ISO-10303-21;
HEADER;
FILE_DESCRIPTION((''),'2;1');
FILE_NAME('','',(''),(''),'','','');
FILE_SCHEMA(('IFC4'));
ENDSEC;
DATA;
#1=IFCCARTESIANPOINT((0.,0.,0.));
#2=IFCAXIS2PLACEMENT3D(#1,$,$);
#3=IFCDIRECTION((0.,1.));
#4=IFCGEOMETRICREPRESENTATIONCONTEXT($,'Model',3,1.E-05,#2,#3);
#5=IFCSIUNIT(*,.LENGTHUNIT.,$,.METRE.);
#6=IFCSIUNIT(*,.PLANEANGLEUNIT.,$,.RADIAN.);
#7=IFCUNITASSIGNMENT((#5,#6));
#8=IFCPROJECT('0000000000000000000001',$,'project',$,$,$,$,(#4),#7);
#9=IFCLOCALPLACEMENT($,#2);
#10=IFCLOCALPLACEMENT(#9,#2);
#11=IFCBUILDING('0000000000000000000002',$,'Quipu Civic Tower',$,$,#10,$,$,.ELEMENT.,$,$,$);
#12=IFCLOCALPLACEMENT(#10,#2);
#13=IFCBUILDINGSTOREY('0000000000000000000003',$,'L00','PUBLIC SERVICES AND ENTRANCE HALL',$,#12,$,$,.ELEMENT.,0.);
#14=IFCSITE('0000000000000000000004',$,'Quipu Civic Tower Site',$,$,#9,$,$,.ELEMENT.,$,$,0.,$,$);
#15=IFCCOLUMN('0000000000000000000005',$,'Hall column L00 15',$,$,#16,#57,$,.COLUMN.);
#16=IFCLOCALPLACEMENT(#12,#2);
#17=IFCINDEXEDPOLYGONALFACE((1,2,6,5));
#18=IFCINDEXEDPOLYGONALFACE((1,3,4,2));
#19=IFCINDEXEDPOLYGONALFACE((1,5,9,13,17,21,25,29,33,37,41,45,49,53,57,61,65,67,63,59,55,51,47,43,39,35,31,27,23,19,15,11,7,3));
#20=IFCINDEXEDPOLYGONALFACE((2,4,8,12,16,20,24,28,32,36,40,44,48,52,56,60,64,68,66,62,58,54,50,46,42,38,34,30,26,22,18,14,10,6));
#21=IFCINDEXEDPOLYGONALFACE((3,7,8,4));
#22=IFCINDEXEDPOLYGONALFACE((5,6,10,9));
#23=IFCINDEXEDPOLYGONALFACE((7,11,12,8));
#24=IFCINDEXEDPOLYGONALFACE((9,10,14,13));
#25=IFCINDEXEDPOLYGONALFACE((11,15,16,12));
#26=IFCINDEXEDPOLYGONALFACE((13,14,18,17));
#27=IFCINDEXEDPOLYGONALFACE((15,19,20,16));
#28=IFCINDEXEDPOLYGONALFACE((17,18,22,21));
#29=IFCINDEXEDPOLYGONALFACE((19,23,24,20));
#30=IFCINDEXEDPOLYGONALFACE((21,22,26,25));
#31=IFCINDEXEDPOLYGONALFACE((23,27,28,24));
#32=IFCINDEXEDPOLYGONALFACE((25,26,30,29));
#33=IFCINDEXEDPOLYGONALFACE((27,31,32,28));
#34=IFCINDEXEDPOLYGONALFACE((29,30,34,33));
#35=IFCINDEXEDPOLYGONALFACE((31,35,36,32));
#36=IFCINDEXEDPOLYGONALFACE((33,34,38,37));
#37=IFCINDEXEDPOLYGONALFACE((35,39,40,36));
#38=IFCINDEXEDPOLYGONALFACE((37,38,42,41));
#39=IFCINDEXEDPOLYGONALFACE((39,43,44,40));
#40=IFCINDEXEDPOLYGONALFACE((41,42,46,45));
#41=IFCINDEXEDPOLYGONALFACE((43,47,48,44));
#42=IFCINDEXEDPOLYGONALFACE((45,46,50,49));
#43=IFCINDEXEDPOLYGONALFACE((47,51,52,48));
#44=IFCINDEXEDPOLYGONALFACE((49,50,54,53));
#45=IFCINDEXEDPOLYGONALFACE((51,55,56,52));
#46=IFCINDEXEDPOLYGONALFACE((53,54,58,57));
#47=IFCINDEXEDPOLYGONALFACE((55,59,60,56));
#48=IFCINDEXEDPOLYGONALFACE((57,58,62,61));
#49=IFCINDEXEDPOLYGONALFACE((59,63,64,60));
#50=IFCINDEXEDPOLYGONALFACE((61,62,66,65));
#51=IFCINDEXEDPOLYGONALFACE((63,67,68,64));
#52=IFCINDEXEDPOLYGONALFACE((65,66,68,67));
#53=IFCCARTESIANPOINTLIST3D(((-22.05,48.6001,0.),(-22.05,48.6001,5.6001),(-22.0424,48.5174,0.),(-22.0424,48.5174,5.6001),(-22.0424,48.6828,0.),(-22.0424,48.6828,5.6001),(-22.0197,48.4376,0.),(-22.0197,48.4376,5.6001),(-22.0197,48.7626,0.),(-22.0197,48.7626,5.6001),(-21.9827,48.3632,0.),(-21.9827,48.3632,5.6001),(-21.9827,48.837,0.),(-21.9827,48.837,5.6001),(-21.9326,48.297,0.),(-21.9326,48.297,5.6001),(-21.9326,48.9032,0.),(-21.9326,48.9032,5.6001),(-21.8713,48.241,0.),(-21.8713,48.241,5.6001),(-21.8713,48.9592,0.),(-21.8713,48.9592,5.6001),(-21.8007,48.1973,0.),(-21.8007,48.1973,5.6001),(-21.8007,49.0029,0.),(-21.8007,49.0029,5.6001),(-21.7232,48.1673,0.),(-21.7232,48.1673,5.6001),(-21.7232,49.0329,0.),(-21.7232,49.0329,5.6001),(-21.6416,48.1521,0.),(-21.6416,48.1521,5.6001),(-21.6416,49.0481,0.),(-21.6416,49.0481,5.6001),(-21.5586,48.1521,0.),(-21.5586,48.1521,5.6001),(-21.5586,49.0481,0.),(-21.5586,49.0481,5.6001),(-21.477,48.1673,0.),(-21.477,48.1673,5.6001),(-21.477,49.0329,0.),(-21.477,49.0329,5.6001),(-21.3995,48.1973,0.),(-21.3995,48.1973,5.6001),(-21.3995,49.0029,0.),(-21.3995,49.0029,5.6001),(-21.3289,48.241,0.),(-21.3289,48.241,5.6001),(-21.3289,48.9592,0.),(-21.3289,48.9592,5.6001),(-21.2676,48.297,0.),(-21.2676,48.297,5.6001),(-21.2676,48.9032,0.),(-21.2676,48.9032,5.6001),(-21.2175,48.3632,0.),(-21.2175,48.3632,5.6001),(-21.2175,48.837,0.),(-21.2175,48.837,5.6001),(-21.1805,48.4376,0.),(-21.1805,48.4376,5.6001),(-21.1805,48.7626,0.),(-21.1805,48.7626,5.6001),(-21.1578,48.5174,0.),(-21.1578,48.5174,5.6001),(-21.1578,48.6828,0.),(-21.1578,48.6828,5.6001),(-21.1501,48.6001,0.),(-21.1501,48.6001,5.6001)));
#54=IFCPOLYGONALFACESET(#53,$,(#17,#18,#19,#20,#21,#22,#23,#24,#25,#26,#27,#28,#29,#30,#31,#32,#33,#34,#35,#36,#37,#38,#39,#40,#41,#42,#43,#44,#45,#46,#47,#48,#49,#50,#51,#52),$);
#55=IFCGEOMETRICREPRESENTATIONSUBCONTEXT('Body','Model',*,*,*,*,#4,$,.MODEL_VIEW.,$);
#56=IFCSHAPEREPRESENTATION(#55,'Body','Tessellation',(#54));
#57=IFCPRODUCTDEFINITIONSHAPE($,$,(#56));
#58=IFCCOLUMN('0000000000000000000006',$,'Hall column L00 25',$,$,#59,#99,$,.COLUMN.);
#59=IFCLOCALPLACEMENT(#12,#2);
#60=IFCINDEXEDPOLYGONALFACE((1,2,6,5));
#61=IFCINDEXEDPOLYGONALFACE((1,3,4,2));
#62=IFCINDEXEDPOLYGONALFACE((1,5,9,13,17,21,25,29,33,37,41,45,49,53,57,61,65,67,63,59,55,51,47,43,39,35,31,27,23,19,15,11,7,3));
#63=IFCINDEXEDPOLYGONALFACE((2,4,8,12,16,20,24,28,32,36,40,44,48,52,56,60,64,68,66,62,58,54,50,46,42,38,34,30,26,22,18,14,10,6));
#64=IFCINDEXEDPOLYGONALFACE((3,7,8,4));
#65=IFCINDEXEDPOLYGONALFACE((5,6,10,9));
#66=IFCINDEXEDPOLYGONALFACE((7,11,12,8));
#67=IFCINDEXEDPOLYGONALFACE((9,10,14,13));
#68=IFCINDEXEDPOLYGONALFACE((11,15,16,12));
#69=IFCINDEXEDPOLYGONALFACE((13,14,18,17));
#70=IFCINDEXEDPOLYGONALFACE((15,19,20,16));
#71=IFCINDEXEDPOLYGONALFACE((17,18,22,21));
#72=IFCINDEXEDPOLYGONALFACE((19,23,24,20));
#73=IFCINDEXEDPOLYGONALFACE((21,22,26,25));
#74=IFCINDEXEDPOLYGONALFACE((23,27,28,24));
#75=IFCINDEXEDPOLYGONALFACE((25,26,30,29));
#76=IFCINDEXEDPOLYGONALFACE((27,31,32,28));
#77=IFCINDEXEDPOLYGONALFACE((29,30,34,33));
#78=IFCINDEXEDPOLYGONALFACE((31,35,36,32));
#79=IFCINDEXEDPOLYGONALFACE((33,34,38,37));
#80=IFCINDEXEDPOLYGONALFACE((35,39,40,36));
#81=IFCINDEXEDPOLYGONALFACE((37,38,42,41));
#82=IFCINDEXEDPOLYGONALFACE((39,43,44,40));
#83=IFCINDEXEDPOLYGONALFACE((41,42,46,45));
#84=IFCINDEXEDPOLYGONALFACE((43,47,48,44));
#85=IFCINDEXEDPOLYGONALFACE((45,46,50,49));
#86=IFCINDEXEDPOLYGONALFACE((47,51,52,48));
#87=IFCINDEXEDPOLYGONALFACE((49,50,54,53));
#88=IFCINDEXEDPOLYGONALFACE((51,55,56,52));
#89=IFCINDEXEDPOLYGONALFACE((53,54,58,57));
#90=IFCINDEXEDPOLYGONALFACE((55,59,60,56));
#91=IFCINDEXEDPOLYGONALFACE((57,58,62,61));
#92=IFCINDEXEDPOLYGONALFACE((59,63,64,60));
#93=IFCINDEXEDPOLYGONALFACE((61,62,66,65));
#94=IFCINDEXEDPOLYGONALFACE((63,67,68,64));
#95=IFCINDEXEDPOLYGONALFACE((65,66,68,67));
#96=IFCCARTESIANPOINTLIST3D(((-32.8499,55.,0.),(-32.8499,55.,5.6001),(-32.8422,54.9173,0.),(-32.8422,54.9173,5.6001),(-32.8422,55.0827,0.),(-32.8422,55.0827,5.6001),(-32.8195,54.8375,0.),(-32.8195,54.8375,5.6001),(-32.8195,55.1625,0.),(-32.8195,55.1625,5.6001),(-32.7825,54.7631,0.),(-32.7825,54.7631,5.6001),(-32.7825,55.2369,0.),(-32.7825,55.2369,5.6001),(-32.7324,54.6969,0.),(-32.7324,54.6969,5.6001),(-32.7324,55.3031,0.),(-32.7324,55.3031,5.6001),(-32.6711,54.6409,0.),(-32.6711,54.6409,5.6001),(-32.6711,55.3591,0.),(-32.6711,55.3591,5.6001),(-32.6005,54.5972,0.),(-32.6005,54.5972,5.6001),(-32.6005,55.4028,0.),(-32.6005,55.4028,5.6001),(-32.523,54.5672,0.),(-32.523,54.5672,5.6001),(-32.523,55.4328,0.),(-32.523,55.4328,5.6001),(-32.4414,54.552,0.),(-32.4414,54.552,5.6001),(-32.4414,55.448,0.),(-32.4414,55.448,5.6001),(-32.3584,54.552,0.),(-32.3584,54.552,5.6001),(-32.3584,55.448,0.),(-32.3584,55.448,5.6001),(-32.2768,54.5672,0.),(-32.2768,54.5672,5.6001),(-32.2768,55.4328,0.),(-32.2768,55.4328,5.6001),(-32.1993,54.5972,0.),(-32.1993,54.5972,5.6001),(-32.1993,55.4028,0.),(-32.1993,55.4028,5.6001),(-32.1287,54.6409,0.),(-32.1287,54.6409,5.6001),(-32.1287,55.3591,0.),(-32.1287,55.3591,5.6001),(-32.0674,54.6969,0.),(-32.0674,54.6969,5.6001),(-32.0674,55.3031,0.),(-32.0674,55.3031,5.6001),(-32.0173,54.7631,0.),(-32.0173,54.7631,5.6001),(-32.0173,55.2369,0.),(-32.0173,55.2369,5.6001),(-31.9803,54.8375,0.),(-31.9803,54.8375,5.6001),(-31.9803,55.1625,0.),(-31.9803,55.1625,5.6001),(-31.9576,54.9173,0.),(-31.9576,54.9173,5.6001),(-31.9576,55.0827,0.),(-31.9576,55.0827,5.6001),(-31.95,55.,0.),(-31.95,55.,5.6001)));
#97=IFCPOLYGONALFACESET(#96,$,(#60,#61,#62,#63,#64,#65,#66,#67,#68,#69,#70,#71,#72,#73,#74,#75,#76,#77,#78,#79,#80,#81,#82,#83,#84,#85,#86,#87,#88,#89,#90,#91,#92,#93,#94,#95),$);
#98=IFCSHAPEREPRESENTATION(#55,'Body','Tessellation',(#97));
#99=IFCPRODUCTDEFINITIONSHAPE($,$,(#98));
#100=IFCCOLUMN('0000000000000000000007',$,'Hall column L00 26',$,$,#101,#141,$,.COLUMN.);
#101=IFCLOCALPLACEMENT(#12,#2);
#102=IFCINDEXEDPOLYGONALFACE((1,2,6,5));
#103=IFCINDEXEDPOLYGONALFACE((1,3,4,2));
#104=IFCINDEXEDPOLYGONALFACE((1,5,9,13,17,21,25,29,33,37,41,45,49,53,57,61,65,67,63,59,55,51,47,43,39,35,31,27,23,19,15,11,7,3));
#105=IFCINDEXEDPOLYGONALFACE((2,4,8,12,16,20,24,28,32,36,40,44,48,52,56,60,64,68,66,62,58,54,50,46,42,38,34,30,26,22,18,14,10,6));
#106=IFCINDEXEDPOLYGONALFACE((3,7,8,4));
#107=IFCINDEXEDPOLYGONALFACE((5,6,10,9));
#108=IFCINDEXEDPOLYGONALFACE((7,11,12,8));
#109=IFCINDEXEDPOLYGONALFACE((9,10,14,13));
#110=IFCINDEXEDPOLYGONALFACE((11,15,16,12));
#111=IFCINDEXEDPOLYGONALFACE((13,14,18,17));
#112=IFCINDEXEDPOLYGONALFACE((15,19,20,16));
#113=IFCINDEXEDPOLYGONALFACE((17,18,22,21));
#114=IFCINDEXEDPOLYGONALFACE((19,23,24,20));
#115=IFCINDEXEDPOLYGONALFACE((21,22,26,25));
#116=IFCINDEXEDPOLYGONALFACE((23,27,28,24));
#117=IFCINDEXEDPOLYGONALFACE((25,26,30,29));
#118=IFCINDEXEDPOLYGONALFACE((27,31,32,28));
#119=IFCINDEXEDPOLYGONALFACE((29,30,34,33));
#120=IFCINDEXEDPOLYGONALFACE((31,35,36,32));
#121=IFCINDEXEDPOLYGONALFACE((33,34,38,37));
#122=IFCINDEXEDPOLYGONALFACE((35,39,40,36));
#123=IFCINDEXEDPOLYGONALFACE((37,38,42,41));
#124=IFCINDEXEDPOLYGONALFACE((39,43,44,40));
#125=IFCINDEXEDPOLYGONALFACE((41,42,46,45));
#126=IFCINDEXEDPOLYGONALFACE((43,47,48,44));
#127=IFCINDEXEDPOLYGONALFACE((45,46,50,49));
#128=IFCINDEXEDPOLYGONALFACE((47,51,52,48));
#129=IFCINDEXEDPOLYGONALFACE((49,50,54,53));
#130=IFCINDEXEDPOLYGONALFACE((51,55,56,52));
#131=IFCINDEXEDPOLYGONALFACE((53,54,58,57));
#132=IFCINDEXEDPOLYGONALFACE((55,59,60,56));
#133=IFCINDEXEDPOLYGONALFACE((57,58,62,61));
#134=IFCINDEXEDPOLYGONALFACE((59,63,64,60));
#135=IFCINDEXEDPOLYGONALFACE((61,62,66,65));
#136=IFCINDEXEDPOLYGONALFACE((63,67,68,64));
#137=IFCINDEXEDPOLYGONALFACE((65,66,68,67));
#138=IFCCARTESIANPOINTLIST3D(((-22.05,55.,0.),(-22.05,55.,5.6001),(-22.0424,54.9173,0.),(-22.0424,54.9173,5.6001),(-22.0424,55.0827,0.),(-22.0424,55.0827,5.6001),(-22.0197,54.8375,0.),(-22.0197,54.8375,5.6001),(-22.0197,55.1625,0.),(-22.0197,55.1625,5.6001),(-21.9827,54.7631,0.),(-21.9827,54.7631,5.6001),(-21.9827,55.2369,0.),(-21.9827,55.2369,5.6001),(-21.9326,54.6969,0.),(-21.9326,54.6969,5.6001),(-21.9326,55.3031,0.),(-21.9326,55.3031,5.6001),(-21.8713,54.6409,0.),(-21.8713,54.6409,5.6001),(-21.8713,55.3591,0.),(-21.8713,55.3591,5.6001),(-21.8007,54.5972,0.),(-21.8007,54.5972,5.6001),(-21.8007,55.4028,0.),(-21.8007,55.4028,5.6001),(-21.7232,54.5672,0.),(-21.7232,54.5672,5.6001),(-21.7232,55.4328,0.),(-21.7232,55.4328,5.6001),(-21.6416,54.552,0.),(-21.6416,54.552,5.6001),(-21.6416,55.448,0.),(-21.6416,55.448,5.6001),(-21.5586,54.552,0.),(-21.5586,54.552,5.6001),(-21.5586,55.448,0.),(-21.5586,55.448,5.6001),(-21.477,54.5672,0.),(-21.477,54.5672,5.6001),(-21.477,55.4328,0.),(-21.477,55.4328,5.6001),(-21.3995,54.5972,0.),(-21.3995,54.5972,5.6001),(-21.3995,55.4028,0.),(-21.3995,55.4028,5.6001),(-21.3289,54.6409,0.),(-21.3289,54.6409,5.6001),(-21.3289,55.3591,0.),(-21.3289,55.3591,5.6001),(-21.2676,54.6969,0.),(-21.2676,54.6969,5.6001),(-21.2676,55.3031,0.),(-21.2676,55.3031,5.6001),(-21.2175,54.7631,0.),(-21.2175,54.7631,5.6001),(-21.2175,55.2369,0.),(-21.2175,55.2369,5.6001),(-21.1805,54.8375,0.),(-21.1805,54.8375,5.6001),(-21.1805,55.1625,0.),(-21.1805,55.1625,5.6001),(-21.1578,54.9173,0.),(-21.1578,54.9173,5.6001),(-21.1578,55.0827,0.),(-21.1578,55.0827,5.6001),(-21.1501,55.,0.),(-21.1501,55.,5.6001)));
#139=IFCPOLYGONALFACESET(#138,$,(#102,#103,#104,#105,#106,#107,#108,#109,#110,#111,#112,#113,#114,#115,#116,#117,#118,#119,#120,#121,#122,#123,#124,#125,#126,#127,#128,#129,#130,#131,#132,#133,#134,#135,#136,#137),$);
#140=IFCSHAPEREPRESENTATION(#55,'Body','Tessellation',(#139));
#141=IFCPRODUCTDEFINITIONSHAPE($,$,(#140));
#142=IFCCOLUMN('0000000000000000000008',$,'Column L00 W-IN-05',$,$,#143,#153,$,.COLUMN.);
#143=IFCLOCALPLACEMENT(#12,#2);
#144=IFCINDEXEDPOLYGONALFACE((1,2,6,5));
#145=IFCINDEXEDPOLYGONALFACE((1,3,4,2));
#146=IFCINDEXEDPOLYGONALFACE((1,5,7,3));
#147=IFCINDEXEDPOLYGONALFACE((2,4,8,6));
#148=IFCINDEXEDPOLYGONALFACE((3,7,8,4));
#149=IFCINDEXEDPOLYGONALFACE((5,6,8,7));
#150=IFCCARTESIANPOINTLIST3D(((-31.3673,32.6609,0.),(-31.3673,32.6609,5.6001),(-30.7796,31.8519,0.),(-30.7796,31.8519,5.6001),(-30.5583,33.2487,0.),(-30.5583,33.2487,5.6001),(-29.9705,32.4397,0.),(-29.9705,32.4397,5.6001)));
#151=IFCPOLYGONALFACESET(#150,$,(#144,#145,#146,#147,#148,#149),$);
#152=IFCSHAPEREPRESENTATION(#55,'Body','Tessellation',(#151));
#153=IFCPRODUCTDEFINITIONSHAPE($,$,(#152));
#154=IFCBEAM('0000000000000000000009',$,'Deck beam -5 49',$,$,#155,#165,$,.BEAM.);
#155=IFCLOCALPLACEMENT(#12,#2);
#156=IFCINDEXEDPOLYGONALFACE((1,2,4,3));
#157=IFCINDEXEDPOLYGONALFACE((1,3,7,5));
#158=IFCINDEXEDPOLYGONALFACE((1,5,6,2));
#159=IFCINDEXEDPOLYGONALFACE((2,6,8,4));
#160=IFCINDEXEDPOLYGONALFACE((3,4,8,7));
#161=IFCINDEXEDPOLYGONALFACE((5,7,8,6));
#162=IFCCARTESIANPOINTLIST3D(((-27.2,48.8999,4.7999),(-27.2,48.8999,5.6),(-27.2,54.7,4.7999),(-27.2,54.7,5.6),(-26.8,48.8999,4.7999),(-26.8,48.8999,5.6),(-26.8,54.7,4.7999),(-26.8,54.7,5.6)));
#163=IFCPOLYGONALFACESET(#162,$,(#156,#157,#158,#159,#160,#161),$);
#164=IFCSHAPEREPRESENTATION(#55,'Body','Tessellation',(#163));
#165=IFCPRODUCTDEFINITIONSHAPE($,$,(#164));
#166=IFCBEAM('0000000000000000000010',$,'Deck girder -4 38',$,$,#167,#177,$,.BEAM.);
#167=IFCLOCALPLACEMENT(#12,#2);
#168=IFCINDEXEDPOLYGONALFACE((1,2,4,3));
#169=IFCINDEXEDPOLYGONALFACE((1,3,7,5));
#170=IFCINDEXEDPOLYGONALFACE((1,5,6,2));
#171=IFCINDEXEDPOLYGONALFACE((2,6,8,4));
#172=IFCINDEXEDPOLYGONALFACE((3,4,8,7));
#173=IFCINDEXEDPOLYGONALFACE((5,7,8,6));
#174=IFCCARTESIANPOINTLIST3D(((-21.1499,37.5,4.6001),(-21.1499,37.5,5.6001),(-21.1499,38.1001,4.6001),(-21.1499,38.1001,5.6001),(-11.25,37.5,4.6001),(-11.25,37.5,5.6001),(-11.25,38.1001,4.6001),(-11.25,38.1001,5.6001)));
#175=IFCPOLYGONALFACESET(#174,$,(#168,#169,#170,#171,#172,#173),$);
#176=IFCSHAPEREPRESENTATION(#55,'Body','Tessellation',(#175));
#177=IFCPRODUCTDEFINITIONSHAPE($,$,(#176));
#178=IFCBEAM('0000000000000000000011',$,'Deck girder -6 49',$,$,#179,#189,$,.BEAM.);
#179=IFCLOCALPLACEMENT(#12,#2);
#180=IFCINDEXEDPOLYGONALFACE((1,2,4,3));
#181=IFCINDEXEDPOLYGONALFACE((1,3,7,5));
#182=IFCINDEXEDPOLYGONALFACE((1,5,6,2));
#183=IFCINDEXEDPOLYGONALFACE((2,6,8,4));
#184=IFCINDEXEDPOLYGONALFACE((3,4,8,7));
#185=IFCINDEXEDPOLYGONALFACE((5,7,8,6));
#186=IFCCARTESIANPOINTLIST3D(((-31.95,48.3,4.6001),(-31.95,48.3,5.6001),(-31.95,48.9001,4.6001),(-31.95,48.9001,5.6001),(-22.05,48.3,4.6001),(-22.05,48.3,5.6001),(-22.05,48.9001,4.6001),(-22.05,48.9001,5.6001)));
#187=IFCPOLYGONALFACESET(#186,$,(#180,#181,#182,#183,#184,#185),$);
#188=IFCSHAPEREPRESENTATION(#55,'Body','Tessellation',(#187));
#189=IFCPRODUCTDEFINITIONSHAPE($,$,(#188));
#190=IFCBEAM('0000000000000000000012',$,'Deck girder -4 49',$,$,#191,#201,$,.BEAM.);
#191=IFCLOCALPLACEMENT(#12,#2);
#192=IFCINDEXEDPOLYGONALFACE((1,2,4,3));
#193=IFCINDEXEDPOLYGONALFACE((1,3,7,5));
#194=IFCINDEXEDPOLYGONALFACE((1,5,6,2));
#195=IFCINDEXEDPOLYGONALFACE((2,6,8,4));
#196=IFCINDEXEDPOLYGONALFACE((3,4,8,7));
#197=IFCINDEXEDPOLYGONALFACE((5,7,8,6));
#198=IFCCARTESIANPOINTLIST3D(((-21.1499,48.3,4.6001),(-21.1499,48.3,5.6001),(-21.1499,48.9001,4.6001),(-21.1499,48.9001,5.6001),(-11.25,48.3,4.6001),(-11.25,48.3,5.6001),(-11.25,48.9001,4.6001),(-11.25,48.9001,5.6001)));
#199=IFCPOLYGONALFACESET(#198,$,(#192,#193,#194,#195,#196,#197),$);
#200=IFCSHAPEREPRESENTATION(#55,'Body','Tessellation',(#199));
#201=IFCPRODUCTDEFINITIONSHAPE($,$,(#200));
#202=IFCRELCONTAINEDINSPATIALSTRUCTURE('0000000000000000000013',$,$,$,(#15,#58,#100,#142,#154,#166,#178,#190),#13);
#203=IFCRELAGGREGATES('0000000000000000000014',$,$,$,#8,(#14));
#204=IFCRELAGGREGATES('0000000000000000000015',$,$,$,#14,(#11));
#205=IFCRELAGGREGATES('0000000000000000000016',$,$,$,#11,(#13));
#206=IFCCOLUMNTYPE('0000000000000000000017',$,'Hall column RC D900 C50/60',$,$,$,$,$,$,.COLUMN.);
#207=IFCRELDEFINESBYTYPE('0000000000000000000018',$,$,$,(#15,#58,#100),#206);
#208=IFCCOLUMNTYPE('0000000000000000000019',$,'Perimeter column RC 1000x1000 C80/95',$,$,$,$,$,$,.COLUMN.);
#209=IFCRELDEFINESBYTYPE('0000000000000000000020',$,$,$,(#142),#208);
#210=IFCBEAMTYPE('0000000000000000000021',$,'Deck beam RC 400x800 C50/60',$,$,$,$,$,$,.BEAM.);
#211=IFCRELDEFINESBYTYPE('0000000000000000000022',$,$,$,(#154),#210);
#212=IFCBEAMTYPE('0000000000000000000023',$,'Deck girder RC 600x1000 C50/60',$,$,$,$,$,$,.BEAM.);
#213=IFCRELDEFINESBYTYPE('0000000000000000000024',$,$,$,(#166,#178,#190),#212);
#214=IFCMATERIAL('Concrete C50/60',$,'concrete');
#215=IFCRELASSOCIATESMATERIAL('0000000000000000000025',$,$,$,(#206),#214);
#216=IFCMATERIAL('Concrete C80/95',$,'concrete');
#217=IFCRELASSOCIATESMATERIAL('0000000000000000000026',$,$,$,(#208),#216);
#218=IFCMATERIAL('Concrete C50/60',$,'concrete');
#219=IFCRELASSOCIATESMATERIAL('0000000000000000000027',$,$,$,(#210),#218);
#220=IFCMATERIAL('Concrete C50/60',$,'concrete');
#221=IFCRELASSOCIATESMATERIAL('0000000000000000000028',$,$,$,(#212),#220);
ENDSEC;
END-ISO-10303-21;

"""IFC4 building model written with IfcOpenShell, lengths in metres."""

from ifc_helpers import new_model, si_unit, direction, frame, origin, origin_2d, place, context, subcontext, project, spatial, rectangle, circle, extrude, material, material_profile, profile_set, type_object, element, save


model = new_model("IFC4")

# Units and contexts
model_context = context("Model", 3, precision=1e-05, world=origin(), true_north=direction((0.0, 1.0)))
body_context = subcontext(model_context, "Body", "Model", "MODEL_VIEW")
ifc_project = project(units=[si_unit("LENGTHUNIT", "METRE"), si_unit("PLANEANGLEUNIT", "RADIAN")], contexts=[model_context])

# Site, building, storey
site_placement = place(None, origin())
site = spatial("IfcSite", under=ifc_project, at=site_placement, Name="Quipu Civic Tower Site", CompositionType="ELEMENT", RefElevation=0.0)
building_placement = place(site_placement, origin())
building = spatial("IfcBuilding", under=site, at=building_placement, Name="Quipu Civic Tower", CompositionType="ELEMENT")
storey_placement = place(building_placement, origin())
storey = spatial("IfcBuildingStorey", under=building, at=storey_placement, Name="L00", Description="PUBLIC SERVICES AND ENTRANCE HALL", CompositionType="ELEMENT", Elevation=0.0)

# Columns
ifc_material_1 = material(Name="Concrete C50/60", Category="concrete")
ifc_material_profile_1 = material_profile(ifc_material_1, circle(Radius=0.45, at=origin_2d()), Name="RCD900")
ifc_profile_set_1 = profile_set([ifc_material_profile_1], Name="Concrete C50/60")
column_type_1 = type_object("IfcColumnType", Name="Hall column RC D900 C50/60", PredefinedType="COLUMN", material=ifc_profile_set_1)
for number, where, z_axis, x_axis, name in (
    (1, (-21.6001, 48.6001, 0.0), (0.0, 0.0, 1.0), (1.0, 0.0, 0.0), "Hall column L00 15"),
    (2, (-32.3999, 55.0, 0.0), (0.0, 0.0, 1.0), (1.0, 0.0, 0.0), "Hall column L00 25"),
    (3, (-21.6001, 55.0, 0.0), (0.0, 0.0, 1.0), (1.0, 0.0, 0.0), "Hall column L00 26"),
):
    element("IfcColumn", number, at=place(storey_placement, frame(where, z_axis=z_axis, x_axis=x_axis)), inside=storey, type_object=column_type_1, Name=name, PredefinedType="COLUMN", context=body_context, shape_type="SweptSolid", body=[
        extrude(circle(Radius=0.45, at=origin_2d()), origin(), (0.0, 0.0, 1.0), 5.6001),
    ])
ifc_material_2 = material(Name="Concrete C80/95", Category="concrete")
ifc_material_profile_2 = material_profile(ifc_material_2, rectangle(XDim=1.0, YDim=1.0, at=origin_2d()), Name="RC1000x1000")
ifc_profile_set_2 = profile_set([ifc_material_profile_2], Name="Concrete C80/95")
column_type_2 = type_object("IfcColumnType", Name="Perimeter column RC 1000x1000 C80/95", PredefinedType="COLUMN", material=ifc_profile_set_2)
column_placement = place(storey_placement, frame((-30.6689, 32.5503, 0.0), z_axis=(0.0, 0.0, 1.0), x_axis=(-0.587785, 0.809017, 0.0)))
element("IfcColumn", 4, at=column_placement, inside=storey, type_object=column_type_2, Name="Column L00 W-IN-05", PredefinedType="COLUMN", context=body_context, shape_type="SweptSolid", body=[
    extrude(rectangle(XDim=1.0, YDim=1.0, at=origin_2d()), origin(), (0.0, 0.0, 1.0), 5.6001),
])

# Beams
ifc_material_3 = material(Name="Concrete C50/60", Category="concrete")
ifc_material_profile_3 = material_profile(ifc_material_3, rectangle(XDim=0.3999, YDim=0.8, at=origin_2d()), Name="RC400x800")
ifc_profile_set_3 = profile_set([ifc_material_profile_3], Name="Concrete C50/60")
beam_type_1 = type_object("IfcBeamType", Name="Deck beam RC 400x800 C50/60", PredefinedType="BEAM", material=ifc_profile_set_3)
beam_1_placement = place(storey_placement, frame((-27.0, 48.8999, 5.2), z_axis=(0.0, 1.0, 0.0), x_axis=(-1.0, 0.0, 0.0)))
element("IfcBeam", 5, at=beam_1_placement, inside=storey, type_object=beam_type_1, Name="Deck beam -5 49", PredefinedType="BEAM", context=body_context, shape_type="SweptSolid", body=[
    extrude(rectangle(XDim=0.3999, YDim=0.8, at=origin_2d()), origin(), (0.0, 0.0, 1.0), 5.8),
])
ifc_material_4 = material(Name="Concrete C50/60", Category="concrete")
ifc_material_profile_4 = material_profile(ifc_material_4, rectangle(XDim=0.6001, YDim=1.0, at=origin_2d()), Name="RC600x1000")
ifc_profile_set_4 = profile_set([ifc_material_profile_4], Name="Concrete C50/60")
beam_type_2 = type_object("IfcBeamType", Name="Deck girder RC 600x1000 C50/60", PredefinedType="BEAM", material=ifc_profile_set_4)
for number, where, z_axis, x_axis, name in (
    (6, (-21.1499, 37.8, 5.1001), (1.0, 0.0, 0.0), (0.0, 1.0, 0.0), "Deck girder -4 38"),
    (7, (-31.95, 48.6001, 5.1001), (1.0, 0.0, 0.0), (0.0, 1.0, 0.0), "Deck girder -6 49"),
    (8, (-21.1499, 48.6001, 5.1001), (1.0, 0.0, 0.0), (0.0, 1.0, 0.0), "Deck girder -4 49"),
):
    element("IfcBeam", number, at=place(storey_placement, frame(where, z_axis=z_axis, x_axis=x_axis)), inside=storey, type_object=beam_type_2, Name=name, PredefinedType="BEAM", context=body_context, shape_type="SweptSolid", body=[
        extrude(rectangle(XDim=0.6001, YDim=1.0, at=origin_2d()), origin(), (0.0, 0.0, 1.0), 9.8999),
    ])

save(model, "model.ifc")
